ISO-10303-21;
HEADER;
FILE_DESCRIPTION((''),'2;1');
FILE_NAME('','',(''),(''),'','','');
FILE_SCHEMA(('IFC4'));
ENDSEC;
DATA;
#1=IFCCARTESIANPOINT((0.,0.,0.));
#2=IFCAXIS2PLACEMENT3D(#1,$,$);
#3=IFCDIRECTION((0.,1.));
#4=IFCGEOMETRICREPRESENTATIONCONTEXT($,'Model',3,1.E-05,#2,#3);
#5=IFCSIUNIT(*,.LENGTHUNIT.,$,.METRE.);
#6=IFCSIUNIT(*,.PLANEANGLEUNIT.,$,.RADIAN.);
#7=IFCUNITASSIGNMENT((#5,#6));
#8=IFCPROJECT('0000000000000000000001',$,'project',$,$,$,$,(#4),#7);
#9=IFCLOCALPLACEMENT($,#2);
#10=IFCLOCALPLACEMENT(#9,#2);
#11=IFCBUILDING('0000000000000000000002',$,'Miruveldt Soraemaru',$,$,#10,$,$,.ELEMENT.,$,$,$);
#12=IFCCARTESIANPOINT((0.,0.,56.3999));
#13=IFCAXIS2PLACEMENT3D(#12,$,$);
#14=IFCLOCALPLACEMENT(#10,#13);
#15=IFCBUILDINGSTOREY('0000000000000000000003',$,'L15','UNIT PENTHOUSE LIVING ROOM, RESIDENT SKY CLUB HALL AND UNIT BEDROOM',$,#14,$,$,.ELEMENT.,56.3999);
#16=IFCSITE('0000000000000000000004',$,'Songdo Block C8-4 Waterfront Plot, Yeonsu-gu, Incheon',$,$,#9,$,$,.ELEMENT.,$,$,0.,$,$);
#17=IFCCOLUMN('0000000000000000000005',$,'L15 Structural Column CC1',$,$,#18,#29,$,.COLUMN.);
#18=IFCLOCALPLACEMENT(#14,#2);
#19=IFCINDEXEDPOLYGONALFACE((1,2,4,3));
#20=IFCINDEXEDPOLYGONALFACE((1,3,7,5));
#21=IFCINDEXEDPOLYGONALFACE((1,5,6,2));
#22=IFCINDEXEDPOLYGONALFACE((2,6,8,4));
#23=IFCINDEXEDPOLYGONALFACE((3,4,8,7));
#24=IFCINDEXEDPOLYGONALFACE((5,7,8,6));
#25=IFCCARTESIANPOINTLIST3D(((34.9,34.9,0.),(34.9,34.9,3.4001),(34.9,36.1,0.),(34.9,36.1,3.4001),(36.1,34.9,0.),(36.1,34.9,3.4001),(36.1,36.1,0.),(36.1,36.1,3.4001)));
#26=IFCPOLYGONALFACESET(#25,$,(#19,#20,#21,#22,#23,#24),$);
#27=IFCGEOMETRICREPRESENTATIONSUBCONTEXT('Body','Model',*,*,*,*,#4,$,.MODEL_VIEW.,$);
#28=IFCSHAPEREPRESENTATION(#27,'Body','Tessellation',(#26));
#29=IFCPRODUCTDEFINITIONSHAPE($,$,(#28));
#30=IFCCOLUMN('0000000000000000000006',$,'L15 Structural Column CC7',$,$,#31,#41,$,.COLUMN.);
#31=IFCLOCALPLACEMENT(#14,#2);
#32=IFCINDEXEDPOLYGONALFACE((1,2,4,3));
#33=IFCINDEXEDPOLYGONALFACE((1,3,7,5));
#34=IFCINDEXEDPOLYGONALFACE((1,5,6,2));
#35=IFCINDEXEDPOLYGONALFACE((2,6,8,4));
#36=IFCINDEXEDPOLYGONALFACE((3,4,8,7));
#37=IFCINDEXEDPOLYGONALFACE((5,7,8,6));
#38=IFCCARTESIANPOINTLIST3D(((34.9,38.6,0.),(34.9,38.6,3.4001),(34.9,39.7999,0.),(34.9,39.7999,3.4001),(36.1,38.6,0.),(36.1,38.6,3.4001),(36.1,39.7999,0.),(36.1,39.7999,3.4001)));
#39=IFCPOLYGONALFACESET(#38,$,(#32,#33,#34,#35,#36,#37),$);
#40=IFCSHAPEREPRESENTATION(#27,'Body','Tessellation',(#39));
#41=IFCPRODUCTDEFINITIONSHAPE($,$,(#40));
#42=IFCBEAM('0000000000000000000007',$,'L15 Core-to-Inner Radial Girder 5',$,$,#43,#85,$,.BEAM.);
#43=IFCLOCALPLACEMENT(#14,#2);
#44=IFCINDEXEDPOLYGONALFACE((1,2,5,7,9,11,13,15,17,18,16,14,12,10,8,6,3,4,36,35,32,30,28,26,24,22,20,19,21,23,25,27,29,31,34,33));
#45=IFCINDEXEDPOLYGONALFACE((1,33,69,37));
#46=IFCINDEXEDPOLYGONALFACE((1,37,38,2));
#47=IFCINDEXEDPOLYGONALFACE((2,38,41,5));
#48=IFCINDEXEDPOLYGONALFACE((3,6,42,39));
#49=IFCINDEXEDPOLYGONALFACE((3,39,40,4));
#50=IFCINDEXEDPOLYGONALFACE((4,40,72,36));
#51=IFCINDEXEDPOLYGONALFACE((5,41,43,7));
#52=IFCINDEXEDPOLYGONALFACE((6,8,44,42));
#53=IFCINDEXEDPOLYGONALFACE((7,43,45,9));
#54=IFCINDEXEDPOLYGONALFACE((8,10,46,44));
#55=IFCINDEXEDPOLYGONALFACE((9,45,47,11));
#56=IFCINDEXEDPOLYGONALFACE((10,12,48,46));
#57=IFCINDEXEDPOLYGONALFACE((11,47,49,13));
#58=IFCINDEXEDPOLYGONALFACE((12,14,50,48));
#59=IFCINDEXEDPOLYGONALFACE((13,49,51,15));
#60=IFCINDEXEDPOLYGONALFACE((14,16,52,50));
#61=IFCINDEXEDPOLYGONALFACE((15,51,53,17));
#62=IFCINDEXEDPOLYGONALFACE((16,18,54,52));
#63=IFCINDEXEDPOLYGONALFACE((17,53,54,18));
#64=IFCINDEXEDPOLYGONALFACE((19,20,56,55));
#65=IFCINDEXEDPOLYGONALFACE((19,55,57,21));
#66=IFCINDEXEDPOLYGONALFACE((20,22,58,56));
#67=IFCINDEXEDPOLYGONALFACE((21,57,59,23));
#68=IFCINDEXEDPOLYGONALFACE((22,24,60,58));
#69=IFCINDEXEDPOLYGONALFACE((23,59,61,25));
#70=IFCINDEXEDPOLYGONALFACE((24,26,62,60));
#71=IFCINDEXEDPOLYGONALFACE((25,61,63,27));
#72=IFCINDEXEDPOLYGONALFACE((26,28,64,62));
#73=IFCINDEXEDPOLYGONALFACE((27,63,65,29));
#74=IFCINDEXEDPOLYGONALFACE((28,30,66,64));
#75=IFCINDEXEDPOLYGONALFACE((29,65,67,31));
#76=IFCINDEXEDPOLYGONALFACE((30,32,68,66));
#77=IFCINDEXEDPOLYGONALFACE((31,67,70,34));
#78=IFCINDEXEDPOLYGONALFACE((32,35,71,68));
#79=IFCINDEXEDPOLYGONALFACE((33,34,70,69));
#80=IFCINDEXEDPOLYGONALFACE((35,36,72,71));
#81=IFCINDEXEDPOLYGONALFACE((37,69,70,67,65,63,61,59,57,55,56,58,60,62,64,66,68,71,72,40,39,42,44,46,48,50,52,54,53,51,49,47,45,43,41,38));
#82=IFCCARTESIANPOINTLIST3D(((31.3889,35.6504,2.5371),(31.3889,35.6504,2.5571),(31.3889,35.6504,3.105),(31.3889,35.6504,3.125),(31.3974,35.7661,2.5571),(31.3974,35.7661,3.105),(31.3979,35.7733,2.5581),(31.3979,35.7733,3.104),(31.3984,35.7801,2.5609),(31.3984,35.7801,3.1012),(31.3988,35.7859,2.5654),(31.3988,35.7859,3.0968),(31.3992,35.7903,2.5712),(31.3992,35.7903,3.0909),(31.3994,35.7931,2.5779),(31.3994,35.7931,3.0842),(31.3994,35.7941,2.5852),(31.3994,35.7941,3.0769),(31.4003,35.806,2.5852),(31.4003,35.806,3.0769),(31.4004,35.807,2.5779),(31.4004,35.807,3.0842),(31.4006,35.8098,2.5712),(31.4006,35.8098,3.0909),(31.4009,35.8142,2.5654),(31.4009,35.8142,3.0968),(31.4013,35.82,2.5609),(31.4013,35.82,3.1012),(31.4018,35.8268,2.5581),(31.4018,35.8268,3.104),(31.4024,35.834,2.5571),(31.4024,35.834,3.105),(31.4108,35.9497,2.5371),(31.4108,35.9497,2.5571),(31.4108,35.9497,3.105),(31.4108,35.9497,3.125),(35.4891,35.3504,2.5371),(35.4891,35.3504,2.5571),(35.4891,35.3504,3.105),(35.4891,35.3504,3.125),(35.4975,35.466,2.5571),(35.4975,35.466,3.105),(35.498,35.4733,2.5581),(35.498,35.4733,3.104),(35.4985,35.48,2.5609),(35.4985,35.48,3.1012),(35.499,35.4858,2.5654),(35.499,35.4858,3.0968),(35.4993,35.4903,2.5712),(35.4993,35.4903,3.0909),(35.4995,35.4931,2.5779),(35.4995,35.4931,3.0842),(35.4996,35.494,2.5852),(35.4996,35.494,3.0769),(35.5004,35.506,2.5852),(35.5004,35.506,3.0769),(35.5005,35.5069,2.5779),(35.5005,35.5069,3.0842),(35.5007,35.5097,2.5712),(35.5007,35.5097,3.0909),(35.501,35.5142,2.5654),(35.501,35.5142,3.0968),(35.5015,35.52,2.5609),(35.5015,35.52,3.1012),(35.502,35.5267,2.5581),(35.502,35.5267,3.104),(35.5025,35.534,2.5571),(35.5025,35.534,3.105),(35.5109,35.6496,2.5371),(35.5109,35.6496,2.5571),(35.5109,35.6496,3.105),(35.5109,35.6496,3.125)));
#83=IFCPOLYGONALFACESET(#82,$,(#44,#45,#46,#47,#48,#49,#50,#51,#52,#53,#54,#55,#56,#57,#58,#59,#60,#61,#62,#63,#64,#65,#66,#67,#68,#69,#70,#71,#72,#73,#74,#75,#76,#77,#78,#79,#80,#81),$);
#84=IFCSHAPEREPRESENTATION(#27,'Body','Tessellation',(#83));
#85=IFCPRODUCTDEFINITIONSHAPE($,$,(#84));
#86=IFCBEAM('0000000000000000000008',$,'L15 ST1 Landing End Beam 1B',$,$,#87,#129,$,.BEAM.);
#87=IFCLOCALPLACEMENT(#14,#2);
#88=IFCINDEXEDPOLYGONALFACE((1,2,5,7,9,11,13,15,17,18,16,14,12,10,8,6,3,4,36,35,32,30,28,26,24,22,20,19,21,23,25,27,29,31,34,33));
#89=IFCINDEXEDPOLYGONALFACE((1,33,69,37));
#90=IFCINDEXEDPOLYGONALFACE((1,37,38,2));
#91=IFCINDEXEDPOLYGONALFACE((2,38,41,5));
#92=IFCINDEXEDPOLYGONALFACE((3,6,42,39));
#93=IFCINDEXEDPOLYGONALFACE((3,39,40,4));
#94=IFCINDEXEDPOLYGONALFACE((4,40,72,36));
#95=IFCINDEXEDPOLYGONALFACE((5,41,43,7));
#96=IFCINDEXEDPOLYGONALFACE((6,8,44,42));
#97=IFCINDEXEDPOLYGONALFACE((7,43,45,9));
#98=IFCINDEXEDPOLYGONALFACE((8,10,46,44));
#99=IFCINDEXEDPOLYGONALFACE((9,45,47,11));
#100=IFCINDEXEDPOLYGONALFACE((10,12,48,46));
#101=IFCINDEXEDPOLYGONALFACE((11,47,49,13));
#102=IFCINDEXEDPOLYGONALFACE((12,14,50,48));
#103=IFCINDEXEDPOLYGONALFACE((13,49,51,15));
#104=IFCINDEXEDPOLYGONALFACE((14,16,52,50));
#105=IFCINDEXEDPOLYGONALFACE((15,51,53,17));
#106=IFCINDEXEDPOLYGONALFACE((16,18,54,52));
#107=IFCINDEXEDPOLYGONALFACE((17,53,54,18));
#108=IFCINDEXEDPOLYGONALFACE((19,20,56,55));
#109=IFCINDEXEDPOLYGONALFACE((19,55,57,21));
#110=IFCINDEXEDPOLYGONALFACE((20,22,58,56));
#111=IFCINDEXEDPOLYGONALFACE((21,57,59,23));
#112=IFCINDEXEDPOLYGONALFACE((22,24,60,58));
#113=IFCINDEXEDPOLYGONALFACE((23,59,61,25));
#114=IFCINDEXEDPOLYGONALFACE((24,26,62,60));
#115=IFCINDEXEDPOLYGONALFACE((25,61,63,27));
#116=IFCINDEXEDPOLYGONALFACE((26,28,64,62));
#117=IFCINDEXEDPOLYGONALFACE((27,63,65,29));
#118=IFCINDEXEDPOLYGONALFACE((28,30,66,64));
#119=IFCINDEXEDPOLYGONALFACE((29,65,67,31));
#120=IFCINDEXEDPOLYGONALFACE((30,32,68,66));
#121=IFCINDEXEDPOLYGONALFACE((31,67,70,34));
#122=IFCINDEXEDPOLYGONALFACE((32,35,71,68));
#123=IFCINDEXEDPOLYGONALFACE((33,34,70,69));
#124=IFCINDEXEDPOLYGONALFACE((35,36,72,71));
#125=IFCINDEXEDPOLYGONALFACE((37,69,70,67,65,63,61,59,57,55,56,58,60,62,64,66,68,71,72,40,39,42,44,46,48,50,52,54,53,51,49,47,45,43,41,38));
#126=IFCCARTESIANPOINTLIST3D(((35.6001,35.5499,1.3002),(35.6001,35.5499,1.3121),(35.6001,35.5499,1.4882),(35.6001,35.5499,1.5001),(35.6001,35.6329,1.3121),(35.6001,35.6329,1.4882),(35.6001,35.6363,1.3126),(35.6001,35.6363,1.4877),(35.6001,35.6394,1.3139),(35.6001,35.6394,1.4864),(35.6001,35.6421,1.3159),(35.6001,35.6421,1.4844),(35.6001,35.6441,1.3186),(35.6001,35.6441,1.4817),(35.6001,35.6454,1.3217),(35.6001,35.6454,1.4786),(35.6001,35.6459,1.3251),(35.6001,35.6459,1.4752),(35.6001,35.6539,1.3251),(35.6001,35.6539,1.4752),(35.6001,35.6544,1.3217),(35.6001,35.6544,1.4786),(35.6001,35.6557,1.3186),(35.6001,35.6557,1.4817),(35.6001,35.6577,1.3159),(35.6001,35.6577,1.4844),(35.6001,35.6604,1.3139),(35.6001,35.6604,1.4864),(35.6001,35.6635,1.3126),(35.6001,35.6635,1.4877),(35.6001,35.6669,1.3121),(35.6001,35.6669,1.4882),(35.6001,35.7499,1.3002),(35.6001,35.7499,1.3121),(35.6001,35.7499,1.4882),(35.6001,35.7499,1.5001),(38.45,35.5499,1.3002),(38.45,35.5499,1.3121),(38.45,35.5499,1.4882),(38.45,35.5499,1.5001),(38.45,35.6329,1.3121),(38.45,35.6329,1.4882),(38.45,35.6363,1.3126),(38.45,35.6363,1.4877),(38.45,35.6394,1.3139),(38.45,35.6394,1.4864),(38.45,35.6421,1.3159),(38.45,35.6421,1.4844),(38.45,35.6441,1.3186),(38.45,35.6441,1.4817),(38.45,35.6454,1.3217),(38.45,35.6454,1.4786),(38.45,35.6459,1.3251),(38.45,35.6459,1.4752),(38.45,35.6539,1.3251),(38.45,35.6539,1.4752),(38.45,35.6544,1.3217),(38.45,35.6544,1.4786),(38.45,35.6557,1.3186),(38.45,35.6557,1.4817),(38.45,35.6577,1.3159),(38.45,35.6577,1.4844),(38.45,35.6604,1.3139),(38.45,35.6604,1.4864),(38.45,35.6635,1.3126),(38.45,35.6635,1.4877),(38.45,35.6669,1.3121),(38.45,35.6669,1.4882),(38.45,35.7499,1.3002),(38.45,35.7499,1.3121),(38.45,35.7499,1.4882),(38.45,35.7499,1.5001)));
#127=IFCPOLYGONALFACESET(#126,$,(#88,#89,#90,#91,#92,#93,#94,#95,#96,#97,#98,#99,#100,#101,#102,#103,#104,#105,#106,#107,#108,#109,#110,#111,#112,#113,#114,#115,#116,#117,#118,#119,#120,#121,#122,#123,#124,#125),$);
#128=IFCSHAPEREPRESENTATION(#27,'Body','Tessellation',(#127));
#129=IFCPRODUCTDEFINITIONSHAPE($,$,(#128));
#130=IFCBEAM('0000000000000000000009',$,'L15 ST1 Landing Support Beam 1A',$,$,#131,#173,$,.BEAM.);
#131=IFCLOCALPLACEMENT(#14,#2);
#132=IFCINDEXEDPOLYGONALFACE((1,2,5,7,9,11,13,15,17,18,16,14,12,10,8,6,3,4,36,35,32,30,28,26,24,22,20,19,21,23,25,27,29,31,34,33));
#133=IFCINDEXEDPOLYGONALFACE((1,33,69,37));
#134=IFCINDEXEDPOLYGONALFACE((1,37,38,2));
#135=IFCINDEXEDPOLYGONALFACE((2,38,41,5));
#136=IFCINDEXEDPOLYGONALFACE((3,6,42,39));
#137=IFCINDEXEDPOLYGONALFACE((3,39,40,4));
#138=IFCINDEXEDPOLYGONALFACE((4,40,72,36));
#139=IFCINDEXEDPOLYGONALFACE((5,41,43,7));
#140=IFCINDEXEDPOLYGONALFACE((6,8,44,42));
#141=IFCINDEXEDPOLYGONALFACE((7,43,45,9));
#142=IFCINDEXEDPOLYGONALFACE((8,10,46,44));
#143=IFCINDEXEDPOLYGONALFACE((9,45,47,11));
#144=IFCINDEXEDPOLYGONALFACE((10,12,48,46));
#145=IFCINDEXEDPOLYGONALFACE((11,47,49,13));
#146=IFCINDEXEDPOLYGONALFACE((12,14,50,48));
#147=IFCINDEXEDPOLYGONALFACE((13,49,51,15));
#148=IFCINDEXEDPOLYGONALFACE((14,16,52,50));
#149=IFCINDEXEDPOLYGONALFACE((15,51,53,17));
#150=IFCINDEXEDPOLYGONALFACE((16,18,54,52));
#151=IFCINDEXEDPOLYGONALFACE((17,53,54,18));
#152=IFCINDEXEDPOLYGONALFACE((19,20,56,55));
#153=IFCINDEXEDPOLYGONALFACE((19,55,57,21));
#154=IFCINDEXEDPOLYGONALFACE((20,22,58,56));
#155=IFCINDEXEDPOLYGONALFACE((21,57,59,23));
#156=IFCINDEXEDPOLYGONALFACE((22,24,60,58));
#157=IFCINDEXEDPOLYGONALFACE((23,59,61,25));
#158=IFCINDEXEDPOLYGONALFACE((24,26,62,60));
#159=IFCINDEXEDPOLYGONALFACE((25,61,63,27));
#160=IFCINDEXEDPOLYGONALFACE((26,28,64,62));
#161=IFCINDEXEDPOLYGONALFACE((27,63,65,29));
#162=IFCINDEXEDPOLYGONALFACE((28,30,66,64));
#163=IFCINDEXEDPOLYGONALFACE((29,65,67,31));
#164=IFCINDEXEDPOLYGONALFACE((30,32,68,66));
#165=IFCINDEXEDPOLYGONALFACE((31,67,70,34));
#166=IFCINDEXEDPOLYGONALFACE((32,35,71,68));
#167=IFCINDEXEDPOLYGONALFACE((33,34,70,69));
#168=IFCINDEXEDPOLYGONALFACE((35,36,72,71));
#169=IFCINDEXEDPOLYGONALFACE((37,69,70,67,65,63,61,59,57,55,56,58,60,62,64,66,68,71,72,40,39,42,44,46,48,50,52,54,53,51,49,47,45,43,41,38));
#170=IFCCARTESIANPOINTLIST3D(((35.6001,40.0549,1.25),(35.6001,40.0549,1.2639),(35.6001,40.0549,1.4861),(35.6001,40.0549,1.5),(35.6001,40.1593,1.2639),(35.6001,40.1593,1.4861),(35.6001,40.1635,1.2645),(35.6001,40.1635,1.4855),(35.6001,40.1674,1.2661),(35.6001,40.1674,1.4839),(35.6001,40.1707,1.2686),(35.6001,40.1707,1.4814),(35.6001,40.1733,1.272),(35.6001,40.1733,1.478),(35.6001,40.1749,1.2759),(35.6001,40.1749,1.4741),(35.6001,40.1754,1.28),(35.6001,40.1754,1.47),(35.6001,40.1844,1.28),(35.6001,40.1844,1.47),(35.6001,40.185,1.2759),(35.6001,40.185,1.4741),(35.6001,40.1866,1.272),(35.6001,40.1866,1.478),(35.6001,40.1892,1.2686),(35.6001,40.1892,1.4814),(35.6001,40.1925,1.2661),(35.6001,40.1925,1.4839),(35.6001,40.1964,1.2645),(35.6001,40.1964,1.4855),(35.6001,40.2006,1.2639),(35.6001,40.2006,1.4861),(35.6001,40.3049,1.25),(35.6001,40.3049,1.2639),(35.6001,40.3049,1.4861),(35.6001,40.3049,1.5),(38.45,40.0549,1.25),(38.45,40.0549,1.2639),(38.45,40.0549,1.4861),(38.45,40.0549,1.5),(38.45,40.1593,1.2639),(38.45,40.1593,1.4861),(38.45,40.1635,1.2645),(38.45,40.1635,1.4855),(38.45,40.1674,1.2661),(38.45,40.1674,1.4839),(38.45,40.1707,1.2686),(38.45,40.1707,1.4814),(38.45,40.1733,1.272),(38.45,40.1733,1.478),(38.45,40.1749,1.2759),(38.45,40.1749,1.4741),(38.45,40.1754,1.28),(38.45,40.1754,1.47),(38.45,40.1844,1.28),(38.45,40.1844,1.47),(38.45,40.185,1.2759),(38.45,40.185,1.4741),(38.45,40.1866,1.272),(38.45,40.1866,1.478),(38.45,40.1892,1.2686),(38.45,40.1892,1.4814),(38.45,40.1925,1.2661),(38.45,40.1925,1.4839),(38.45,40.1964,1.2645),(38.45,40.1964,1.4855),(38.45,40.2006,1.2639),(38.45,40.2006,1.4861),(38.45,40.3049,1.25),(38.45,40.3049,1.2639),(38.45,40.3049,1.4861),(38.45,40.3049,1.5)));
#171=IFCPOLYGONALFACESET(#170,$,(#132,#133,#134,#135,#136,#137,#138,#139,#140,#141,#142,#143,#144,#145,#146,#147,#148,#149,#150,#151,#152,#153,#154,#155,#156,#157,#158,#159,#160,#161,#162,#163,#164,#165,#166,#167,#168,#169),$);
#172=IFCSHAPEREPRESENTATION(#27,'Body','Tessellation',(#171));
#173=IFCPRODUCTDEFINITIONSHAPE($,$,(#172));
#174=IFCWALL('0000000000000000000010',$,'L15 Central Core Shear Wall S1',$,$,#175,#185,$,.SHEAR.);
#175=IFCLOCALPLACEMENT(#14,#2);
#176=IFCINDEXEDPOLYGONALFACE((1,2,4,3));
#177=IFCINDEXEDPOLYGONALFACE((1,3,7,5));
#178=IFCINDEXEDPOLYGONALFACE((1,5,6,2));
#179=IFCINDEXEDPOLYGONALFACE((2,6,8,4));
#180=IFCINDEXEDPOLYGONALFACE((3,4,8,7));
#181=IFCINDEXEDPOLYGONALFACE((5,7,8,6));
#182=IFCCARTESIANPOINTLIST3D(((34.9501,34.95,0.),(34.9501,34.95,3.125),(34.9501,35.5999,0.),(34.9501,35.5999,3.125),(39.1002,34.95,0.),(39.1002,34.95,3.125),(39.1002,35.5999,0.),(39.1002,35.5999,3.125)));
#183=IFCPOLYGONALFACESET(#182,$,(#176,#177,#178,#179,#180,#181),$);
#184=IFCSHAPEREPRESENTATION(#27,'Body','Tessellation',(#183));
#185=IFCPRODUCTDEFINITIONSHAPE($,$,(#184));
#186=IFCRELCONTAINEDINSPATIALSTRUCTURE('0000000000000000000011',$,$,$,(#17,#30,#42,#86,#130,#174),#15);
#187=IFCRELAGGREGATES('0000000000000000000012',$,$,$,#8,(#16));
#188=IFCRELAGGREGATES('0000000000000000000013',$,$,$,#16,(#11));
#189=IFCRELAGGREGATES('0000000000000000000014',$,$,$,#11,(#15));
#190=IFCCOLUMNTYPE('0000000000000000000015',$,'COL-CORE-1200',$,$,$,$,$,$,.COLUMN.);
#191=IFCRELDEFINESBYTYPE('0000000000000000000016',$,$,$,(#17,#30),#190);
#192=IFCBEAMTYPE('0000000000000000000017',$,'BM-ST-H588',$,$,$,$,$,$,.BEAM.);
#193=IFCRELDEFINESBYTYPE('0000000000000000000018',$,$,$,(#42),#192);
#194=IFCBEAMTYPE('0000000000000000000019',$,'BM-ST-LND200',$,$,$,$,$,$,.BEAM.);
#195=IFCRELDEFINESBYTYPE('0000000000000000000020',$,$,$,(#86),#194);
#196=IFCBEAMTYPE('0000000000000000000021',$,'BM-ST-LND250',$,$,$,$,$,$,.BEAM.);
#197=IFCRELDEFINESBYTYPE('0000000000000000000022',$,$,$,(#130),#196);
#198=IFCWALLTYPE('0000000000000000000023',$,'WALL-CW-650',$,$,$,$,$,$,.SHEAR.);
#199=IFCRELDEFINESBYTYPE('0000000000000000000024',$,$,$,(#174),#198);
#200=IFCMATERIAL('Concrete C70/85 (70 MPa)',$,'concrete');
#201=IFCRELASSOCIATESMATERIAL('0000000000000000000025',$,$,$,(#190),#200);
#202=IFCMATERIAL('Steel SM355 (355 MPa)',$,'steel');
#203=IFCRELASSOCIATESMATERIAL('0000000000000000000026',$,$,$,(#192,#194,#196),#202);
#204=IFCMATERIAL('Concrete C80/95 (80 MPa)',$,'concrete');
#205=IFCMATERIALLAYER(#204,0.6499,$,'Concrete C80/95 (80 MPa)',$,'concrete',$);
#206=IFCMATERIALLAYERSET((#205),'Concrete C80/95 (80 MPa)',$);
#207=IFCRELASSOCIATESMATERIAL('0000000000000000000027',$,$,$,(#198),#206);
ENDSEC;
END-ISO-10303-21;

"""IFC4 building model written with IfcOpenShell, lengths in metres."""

from ifc_helpers import new_model, si_unit, direction, frame, frame_2d, origin, origin_2d, place, context, subcontext, project, spatial, rectangle, i_section, extrude, material, layer, layer_set, material_profile, profile_set, type_object, element, save


model = new_model("IFC4")

# Units and contexts
model_context = context("Model", 3, precision=1e-05, world=origin(), true_north=direction((0.0, 1.0)))
body_context = subcontext(model_context, "Body", "Model", "MODEL_VIEW")
ifc_project = project(units=[si_unit("LENGTHUNIT", "METRE"), si_unit("PLANEANGLEUNIT", "RADIAN")], contexts=[model_context])

# Site, building, storey
site_placement = place(None, origin())
site = spatial("IfcSite", under=ifc_project, at=site_placement, Name="Songdo Block C8-4 Waterfront Plot, Yeonsu-gu, Incheon", CompositionType="ELEMENT", RefElevation=0.0)
building_placement = place(site_placement, origin())
building = spatial("IfcBuilding", under=site, at=building_placement, Name="Miruveldt Soraemaru", CompositionType="ELEMENT")
storey_placement = place(building_placement, frame((0.0, 0.0, 56.3999)))
storey = spatial("IfcBuildingStorey", under=building, at=storey_placement, Name="L15", Description="UNIT PENTHOUSE LIVING ROOM, RESIDENT SKY CLUB HALL AND UNIT BEDROOM", CompositionType="ELEMENT", Elevation=56.3999)

# Columns
ifc_material_1 = material(Name="Concrete C70/85 (70 MPa)", Category="concrete")
ifc_material_profile_1 = material_profile(ifc_material_1, rectangle(XDim=1.2, YDim=1.2, at=origin_2d()), Name="Concrete C70/85 (70 MPa)", Category="concrete")
ifc_profile_set_1 = profile_set([ifc_material_profile_1], Name="Concrete C70/85 (70 MPa)")
column_type = type_object("IfcColumnType", Name="COL-CORE-1200", PredefinedType="COLUMN", material=ifc_profile_set_1)
for number, where, z_axis, x_axis, name in (
    (1, (35.5, 35.5, 0.0), (0.0, 0.0, 1.0), (1.0, 0.0, 0.0), "L15 Structural Column CC1"),
    (2, (35.5, 39.2, 0.0), (0.0, 0.0, 1.0), (1.0, 0.0, 0.0), "L15 Structural Column CC7"),
):
    element("IfcColumn", number, at=place(storey_placement, frame(where, z_axis=z_axis, x_axis=x_axis)), inside=storey, type_object=column_type, Name=name, PredefinedType="COLUMN", context=body_context, shape_type="SweptSolid", body=[
        extrude(rectangle(XDim=1.2, YDim=1.2, at=origin_2d()), origin(), (0.0, 0.0, 1.0), 3.4001),
    ])

# Beams
ifc_material_2 = material(Name="Steel SM355 (355 MPa)", Category="steel")
ifc_material_profile_2 = material_profile(ifc_material_2, i_section(OverallWidth=0.3, OverallDepth=0.5879, WebThickness=0.012, FlangeThickness=0.02, FilletRadius=0.0281, at=origin_2d()), Name="Steel SM355 (355 MPa)", Category="steel")
ifc_profile_set_2 = profile_set([ifc_material_profile_2], Name="Steel SM355 (355 MPa)")
beam_type_1 = type_object("IfcBeamType", Name="BM-ST-H588", PredefinedType="BEAM", material=ifc_profile_set_2)
beam_1_placement = place(storey_placement, frame((35.5, 35.5, 2.8311), z_axis=(-0.997333, 0.072986, 0.0), x_axis=(-0.072986, -0.997333, 0.0)))
element("IfcBeam", 3, at=beam_1_placement, inside=storey, type_object=beam_type_1, Name="L15 Core-to-Inner Radial Girder 5", PredefinedType="BEAM", context=body_context, shape_type="SweptSolid", body=[
    extrude(i_section(OverallWidth=0.3, OverallDepth=0.5879, WebThickness=0.012, FlangeThickness=0.02, FilletRadius=0.0281, at=origin_2d()), origin(), (0.0, 0.0, 1.0), 4.1111),
])
ifc_material_profile_3 = material_profile(ifc_material_2, i_section(OverallWidth=0.2, OverallDepth=0.2, WebThickness=0.0081, FlangeThickness=0.012, FilletRadius=0.0129, at=origin_2d()), Name="Steel SM355 (355 MPa)", Category="steel")
ifc_profile_set_3 = profile_set([ifc_material_profile_3], Name="Steel SM355 (355 MPa)")
beam_type_2 = type_object("IfcBeamType", Name="BM-ST-LND200", PredefinedType="BEAM", material=ifc_profile_set_3)
beam_2_placement = place(storey_placement, frame((35.6001, 35.6499, 1.4001), z_axis=(1.0, 0.0, 0.0), x_axis=(0.0, 1.0, 0.0)))
element("IfcBeam", 4, at=beam_2_placement, inside=storey, type_object=beam_type_2, Name="L15 ST1 Landing End Beam 1B", PredefinedType="BEAM", context=body_context, shape_type="SweptSolid", body=[
    extrude(i_section(OverallWidth=0.2, OverallDepth=0.2, WebThickness=0.0081, FlangeThickness=0.012, FilletRadius=0.0129, at=origin_2d()), origin(), (0.0, 0.0, 1.0), 2.8499),
])
ifc_material_profile_4 = material_profile(ifc_material_2, i_section(OverallWidth=0.25, OverallDepth=0.25, WebThickness=0.009, FlangeThickness=0.0139, FilletRadius=0.0161, at=origin_2d()), Name="Steel SM355 (355 MPa)", Category="steel")
ifc_profile_set_4 = profile_set([ifc_material_profile_4], Name="Steel SM355 (355 MPa)")
beam_type_3 = type_object("IfcBeamType", Name="BM-ST-LND250", PredefinedType="BEAM", material=ifc_profile_set_4)
beam_3_placement = place(storey_placement, frame((35.6001, 40.1799, 1.375), z_axis=(1.0, 0.0, 0.0), x_axis=(0.0, 1.0, 0.0)))
element("IfcBeam", 5, at=beam_3_placement, inside=storey, type_object=beam_type_3, Name="L15 ST1 Landing Support Beam 1A", PredefinedType="BEAM", context=body_context, shape_type="SweptSolid", body=[
    extrude(i_section(OverallWidth=0.25, OverallDepth=0.25, WebThickness=0.009, FlangeThickness=0.0139, FilletRadius=0.0161, at=origin_2d()), origin(), (0.0, 0.0, 1.0), 2.8499),
])

# Wall
ifc_material_3 = material(Name="Concrete C80/95 (80 MPa)", Category="concrete")
ifc_layer_1 = layer(ifc_material_3, 0.6499, Name="Concrete C80/95 (80 MPa)", Category="concrete")
ifc_layer_set_1 = layer_set([ifc_layer_1], Name="Concrete C80/95 (80 MPa)")
wall_type_1 = type_object("IfcWallType", Name="WALL-CW-650", PredefinedType="SHEAR", material=ifc_layer_set_1)
wall_1_placement = place(storey_placement, frame((34.95, 35.2749, 0.0), z_axis=(0.0, 0.0, 1.0), x_axis=(1.0, 0.0, 0.0)))
element("IfcWall", 6, at=wall_1_placement, inside=storey, type_object=wall_type_1, Name="L15 Central Core Shear Wall S1", PredefinedType="SHEAR", context=body_context, shape_type="SweptSolid", body=[
    extrude(rectangle(XDim=4.1501, YDim=0.6499, at=frame_2d((2.0752, 0.0))), origin(), (0.0, 0.0, 1.0), 3.125),
])

save(model, "model.ifc")
